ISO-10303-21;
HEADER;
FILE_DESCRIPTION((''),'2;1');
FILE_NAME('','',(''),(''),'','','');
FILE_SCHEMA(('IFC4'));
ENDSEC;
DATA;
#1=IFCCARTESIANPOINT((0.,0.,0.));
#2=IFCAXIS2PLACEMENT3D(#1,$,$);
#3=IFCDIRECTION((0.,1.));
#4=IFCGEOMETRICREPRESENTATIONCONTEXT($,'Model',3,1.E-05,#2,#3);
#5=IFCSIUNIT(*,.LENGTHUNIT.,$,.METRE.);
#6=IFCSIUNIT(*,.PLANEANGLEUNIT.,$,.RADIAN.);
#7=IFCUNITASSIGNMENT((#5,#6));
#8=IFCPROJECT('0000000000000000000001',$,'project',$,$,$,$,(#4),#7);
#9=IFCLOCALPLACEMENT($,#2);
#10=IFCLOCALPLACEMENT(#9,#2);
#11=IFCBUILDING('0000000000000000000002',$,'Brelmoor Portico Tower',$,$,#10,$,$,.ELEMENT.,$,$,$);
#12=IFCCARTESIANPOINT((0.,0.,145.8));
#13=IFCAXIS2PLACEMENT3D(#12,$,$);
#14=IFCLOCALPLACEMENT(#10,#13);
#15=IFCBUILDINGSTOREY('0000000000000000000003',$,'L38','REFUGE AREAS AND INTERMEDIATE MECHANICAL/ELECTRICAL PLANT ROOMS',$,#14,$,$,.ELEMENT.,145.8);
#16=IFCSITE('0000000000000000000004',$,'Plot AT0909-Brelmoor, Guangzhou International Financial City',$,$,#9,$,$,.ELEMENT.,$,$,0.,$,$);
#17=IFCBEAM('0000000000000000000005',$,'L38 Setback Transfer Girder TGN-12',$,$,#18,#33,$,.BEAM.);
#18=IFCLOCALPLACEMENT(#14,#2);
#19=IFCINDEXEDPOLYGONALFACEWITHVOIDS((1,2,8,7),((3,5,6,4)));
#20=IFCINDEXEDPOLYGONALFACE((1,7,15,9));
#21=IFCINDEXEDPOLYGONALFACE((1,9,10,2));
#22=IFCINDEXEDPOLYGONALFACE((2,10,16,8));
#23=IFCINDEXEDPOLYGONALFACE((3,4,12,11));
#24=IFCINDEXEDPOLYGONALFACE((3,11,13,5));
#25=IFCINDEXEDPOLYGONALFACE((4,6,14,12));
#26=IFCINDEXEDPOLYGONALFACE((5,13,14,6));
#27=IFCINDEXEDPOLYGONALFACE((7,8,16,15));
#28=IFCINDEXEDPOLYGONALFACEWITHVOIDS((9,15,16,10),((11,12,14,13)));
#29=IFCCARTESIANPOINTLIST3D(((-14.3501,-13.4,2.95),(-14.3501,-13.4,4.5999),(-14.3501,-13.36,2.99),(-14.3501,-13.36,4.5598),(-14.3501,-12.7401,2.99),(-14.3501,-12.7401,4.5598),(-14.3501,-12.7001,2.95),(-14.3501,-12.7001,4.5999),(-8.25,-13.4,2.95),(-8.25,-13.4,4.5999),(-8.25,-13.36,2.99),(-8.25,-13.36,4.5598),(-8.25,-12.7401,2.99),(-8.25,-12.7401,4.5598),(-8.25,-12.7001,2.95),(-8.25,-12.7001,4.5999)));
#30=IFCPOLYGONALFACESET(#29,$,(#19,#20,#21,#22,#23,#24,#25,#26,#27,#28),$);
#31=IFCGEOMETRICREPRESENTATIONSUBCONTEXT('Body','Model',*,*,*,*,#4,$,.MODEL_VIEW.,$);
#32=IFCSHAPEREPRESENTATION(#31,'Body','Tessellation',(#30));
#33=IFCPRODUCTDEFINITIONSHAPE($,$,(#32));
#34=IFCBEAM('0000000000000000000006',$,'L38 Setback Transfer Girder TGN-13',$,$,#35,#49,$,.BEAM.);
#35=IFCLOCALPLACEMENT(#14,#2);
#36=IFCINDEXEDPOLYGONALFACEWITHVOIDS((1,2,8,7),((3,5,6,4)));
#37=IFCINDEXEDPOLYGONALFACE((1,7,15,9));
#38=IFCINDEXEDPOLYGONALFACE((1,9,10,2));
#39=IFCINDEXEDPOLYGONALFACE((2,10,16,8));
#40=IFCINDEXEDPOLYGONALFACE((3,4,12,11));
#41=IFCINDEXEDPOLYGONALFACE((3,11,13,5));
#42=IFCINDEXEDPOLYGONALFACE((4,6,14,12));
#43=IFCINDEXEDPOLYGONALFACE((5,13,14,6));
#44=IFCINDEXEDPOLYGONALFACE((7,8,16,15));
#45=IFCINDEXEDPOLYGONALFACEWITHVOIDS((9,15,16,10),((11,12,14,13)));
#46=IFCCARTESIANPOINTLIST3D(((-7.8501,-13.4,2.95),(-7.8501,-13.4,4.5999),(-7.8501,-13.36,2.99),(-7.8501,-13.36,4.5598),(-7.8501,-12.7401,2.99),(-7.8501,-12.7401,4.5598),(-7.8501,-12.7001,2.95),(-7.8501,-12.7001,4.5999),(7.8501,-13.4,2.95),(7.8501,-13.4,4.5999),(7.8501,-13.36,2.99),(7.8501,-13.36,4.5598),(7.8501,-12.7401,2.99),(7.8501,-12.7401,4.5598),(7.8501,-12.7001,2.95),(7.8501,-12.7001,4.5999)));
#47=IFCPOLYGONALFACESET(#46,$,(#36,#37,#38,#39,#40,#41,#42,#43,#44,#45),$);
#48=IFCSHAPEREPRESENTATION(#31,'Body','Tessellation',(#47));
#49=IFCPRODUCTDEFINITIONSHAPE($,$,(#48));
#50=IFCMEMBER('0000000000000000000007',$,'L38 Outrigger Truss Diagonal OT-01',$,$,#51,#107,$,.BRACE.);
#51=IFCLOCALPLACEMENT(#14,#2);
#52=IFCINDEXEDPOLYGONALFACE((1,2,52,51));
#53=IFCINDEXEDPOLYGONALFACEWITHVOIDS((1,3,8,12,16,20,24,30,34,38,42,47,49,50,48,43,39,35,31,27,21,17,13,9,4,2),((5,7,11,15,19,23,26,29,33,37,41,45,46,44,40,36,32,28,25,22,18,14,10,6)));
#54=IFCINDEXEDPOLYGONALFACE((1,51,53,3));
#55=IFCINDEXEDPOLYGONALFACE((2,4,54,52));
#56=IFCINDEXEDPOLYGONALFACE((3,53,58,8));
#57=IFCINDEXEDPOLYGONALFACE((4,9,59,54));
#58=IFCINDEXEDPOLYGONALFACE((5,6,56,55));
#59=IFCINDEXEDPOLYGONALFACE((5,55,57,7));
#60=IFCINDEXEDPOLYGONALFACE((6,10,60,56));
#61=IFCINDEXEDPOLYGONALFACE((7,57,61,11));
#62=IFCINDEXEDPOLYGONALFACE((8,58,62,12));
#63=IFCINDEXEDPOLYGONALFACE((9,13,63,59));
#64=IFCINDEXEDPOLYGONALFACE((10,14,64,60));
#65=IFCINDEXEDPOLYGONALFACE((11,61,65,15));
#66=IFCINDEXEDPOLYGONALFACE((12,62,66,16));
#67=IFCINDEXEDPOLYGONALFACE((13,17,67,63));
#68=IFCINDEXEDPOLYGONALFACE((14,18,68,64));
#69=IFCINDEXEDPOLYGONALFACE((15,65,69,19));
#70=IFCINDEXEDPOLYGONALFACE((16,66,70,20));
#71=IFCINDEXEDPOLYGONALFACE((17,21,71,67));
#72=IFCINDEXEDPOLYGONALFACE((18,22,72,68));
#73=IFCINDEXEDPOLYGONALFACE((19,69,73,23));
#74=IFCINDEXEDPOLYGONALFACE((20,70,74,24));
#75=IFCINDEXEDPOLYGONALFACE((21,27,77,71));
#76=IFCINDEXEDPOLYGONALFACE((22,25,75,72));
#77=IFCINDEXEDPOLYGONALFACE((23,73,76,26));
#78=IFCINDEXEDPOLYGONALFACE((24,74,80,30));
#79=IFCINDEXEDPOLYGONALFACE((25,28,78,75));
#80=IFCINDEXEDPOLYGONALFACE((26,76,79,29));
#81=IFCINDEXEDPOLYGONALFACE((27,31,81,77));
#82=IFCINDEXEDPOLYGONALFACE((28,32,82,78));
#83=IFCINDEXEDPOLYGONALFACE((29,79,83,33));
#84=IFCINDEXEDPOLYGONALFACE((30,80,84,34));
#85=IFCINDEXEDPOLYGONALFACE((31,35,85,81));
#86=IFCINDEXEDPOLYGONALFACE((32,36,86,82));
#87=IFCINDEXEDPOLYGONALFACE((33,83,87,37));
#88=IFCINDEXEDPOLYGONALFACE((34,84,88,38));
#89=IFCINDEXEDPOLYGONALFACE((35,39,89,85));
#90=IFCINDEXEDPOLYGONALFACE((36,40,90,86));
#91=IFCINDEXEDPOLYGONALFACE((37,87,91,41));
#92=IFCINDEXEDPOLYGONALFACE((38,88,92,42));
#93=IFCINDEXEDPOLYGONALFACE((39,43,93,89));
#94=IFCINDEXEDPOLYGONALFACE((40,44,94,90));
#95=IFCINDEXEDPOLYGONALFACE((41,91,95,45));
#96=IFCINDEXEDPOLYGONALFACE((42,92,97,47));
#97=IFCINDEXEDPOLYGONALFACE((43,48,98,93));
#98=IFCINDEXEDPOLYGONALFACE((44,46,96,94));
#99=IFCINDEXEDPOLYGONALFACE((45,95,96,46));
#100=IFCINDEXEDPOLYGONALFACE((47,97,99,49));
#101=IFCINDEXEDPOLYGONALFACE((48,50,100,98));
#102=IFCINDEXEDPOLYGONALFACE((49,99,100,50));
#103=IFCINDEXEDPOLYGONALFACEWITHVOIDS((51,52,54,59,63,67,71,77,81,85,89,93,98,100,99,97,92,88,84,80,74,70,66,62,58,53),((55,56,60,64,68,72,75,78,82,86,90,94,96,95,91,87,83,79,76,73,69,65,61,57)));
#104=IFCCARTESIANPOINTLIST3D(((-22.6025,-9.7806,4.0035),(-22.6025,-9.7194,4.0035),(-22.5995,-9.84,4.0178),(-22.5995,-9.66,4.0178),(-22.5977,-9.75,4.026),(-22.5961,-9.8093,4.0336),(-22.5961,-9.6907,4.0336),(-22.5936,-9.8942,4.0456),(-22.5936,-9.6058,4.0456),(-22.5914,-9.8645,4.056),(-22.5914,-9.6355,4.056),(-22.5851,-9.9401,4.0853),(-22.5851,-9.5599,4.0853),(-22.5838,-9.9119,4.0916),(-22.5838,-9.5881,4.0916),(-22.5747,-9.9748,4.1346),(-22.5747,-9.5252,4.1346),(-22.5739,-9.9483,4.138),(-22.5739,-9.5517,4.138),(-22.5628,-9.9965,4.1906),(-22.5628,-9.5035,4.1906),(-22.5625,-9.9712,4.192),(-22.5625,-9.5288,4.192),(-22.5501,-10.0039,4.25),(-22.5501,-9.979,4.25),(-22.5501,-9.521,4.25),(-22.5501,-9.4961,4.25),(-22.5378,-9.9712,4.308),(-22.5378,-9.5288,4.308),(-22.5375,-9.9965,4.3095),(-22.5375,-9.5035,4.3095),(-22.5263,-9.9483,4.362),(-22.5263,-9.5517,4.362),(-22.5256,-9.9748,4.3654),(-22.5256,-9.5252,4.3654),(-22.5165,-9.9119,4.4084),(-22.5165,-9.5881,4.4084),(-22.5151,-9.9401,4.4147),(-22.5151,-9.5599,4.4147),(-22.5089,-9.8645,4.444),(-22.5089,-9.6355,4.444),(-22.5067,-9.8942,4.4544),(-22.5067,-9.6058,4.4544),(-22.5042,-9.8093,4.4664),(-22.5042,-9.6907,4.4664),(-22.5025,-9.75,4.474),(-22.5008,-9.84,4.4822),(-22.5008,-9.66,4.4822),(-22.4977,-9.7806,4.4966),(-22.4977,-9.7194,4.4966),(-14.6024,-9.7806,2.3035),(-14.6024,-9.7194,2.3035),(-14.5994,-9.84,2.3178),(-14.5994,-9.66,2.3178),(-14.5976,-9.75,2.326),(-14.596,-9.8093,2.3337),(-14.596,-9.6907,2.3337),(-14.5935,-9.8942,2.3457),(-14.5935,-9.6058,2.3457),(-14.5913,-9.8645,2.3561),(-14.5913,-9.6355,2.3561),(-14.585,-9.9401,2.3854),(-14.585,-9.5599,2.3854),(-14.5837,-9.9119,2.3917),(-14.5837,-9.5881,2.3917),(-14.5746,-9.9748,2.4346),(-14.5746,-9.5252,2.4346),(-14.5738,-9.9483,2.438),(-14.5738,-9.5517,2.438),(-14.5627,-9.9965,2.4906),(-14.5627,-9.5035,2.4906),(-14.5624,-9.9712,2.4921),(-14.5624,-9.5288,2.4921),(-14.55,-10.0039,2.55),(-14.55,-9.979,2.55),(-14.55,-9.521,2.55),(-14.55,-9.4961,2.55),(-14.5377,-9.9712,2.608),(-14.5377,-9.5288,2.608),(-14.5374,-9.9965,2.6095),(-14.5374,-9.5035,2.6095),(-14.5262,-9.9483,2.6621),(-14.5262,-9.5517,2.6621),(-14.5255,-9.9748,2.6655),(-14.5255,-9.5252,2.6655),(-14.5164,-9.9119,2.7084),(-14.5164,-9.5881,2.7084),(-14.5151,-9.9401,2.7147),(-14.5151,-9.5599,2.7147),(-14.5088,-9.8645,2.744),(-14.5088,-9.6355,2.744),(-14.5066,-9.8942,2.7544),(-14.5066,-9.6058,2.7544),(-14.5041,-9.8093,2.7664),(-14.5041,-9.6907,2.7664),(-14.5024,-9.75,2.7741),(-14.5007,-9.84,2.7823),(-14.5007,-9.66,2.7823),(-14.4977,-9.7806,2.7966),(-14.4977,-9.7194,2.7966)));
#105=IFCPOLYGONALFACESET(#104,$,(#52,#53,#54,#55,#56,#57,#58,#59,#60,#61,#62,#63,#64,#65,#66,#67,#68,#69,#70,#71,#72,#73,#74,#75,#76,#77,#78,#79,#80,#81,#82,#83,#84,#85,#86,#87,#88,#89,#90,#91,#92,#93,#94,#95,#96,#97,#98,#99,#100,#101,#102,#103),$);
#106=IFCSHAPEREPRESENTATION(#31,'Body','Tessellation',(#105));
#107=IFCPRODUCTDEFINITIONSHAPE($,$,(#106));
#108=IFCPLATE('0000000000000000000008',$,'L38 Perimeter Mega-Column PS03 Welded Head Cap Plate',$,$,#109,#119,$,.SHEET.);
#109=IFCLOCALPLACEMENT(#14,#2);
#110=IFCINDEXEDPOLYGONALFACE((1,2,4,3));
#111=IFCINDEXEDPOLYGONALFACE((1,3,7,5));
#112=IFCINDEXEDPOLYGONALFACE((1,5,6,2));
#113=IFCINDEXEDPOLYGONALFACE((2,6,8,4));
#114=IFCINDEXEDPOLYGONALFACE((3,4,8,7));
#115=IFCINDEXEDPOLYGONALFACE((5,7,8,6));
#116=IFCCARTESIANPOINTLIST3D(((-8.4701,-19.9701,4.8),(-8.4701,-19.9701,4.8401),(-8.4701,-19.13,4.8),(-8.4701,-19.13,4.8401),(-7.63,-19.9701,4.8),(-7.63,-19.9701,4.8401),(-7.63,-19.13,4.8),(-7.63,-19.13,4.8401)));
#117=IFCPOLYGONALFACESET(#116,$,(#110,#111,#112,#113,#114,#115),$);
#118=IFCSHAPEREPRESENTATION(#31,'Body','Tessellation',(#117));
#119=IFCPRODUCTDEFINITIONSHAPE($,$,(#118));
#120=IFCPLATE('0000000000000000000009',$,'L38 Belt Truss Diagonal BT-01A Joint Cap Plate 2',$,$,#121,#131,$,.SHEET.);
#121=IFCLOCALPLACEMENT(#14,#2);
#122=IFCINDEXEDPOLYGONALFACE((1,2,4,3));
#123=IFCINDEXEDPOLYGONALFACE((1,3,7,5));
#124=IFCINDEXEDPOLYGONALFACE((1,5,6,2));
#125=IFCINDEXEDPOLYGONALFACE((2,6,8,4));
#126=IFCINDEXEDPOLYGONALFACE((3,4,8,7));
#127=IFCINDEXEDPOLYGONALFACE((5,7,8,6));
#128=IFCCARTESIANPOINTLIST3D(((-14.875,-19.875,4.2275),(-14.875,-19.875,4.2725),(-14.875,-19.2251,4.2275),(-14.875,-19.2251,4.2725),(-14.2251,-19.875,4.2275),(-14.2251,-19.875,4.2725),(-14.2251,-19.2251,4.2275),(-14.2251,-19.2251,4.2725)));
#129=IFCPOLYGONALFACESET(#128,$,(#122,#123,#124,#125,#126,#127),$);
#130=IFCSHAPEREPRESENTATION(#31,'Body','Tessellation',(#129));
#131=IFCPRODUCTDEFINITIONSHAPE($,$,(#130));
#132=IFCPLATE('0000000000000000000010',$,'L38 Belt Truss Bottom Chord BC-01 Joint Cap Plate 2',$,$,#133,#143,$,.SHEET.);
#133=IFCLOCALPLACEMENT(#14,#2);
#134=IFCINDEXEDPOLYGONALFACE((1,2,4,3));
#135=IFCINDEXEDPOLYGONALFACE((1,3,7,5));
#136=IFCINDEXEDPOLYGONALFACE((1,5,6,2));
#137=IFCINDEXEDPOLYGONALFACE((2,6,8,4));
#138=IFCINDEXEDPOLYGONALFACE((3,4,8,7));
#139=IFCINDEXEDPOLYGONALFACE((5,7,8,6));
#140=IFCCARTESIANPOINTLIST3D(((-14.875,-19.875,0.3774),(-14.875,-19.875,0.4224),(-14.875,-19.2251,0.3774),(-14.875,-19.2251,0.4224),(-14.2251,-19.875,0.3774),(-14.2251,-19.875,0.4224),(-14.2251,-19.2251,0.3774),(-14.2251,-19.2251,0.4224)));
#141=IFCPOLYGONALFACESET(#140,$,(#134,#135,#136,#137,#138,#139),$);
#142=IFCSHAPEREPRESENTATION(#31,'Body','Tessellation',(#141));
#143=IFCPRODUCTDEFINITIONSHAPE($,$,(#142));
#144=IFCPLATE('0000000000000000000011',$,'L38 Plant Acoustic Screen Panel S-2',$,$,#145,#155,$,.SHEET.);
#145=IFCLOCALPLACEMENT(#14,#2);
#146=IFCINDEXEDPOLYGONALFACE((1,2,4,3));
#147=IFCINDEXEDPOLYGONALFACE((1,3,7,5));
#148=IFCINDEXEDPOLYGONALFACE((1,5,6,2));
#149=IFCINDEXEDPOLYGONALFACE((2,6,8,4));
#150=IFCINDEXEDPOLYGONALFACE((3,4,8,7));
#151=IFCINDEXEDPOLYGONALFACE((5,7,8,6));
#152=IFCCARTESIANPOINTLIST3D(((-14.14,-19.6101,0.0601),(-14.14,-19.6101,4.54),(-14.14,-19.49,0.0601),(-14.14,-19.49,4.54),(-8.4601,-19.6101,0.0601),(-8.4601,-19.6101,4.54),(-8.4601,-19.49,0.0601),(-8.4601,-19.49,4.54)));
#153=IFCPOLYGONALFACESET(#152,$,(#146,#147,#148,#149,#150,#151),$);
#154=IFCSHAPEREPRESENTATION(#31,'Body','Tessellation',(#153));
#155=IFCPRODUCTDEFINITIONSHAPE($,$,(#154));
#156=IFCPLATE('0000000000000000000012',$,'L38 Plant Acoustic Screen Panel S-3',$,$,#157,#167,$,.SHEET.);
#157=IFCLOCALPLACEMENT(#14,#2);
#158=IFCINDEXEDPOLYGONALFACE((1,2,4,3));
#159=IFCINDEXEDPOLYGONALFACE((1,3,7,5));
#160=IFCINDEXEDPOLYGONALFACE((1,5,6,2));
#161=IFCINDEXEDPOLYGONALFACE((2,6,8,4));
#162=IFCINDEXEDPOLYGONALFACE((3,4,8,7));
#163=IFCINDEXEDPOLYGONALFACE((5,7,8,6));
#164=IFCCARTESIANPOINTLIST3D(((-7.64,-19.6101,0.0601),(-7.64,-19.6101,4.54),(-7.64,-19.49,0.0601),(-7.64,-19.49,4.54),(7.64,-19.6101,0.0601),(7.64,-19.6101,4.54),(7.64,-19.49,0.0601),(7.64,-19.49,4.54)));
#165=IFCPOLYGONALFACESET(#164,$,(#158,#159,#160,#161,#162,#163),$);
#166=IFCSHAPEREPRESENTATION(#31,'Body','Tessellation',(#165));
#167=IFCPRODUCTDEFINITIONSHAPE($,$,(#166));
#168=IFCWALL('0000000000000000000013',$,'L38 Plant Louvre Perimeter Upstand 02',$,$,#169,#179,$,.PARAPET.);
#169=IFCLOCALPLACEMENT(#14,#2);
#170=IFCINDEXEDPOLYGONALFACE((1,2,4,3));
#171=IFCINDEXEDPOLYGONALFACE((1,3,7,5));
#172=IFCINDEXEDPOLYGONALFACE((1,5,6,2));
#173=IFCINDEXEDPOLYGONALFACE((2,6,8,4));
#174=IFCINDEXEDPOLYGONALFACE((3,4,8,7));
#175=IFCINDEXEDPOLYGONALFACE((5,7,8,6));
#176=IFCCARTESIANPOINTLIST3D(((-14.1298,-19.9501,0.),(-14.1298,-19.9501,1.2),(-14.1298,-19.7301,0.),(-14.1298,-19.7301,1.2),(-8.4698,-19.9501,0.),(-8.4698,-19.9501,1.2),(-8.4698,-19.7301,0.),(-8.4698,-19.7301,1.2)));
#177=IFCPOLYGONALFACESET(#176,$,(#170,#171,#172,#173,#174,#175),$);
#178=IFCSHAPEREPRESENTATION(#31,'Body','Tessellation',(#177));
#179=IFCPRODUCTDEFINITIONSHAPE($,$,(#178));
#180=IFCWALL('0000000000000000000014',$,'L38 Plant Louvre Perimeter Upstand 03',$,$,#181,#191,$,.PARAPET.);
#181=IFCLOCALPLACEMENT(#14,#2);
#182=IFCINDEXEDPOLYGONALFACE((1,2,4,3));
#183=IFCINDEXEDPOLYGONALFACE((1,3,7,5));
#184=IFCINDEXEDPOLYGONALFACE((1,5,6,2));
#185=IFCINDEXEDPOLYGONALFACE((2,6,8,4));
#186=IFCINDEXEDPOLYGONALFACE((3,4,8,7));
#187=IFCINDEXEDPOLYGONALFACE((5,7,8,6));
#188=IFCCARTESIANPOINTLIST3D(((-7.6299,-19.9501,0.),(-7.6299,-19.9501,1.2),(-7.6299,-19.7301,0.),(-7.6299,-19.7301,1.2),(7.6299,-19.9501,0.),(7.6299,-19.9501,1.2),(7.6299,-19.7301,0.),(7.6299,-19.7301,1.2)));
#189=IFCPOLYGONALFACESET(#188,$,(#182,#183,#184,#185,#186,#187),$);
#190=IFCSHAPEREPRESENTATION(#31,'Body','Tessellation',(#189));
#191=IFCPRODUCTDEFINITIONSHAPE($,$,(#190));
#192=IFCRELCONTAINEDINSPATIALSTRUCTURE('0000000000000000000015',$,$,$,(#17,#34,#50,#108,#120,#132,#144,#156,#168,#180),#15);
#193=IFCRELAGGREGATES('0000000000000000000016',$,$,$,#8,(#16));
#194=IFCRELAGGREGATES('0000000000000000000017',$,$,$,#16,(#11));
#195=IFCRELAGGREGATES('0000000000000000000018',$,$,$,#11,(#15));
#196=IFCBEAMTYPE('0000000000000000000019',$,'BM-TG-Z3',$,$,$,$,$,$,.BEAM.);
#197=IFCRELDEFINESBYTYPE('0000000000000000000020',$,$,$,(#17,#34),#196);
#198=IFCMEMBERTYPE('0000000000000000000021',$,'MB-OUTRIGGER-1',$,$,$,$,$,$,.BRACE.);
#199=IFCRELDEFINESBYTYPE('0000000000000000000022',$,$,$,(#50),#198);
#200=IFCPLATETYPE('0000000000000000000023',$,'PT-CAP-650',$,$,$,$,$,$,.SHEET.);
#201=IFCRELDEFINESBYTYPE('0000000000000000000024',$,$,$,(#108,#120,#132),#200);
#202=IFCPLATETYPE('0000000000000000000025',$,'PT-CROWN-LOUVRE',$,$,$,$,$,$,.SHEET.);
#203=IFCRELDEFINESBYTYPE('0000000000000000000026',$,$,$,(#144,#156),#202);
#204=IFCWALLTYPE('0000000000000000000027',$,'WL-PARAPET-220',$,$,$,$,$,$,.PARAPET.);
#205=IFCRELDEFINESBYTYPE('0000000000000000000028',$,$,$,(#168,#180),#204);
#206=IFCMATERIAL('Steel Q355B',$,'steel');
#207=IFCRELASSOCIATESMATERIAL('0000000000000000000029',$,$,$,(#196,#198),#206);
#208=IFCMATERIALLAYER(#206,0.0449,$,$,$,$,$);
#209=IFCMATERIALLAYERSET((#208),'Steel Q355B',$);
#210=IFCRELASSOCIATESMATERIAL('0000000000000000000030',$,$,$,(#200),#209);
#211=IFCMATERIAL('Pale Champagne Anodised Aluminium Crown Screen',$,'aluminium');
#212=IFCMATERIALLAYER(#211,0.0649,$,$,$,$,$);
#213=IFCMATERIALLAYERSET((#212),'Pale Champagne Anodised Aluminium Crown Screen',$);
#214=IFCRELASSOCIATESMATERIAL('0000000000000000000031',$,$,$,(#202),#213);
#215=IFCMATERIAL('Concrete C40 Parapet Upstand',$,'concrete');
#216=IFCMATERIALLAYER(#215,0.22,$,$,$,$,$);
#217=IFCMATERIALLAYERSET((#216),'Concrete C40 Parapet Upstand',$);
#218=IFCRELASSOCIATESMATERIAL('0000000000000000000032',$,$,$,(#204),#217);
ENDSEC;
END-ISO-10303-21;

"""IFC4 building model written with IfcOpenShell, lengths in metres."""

from ifc_helpers import new_model, si_unit, direction, frame, frame_2d, origin, origin_2d, place, context, subcontext, project, spatial, rectangle, hollow_rectangle, hollow_circle, extrude, material, layer, layer_set, material_profile, profile_set, type_object, element, save


model = new_model("IFC4")

# Units and contexts
model_context = context("Model", 3, precision=1e-05, world=origin(), true_north=direction((0.0, 1.0)))
body_context = subcontext(model_context, "Body", "Model", "MODEL_VIEW")
ifc_project = project(units=[si_unit("LENGTHUNIT", "METRE"), si_unit("PLANEANGLEUNIT", "RADIAN")], contexts=[model_context])

# Site, building, storey
site_placement = place(None, origin())
site = spatial("IfcSite", under=ifc_project, at=site_placement, Name="Plot AT0909-Brelmoor, Guangzhou International Financial City", CompositionType="ELEMENT", RefElevation=0.0)
building_placement = place(site_placement, origin())
building = spatial("IfcBuilding", under=site, at=building_placement, Name="Brelmoor Portico Tower", CompositionType="ELEMENT")
storey_placement = place(building_placement, frame((0.0, 0.0, 145.8)))
storey = spatial("IfcBuildingStorey", under=building, at=storey_placement, Name="L38", Description="REFUGE AREAS AND INTERMEDIATE MECHANICAL/ELECTRICAL PLANT ROOMS", CompositionType="ELEMENT", Elevation=145.8)

# Shared definitions
ifc_material_1 = material(Name="Steel Q355B", Category="steel")

# Beams
ifc_material_profile_1 = material_profile(ifc_material_1, hollow_rectangle(XDim=0.7, YDim=1.6499, WallThickness=0.04, at=origin_2d()), Name="BOX 700x1650x40")
ifc_profile_set_1 = profile_set([ifc_material_profile_1], Name="Steel Q355B")
beam_type_1 = type_object("IfcBeamType", Name="BM-TG-Z3", PredefinedType="BEAM", material=ifc_profile_set_1)
beam_1_placement = place(storey_placement, frame((-14.3501, -13.05, 3.7749), z_axis=(1.0, 0.0, 0.0), x_axis=(0.0, 1.0, 0.0)))
element("IfcBeam", 1, at=beam_1_placement, inside=storey, type_object=beam_type_1, Name="L38 Setback Transfer Girder TGN-12", PredefinedType="BEAM", context=body_context, shape_type="SweptSolid", body=[
    extrude(hollow_rectangle(XDim=0.7, YDim=1.6499, WallThickness=0.04, at=origin_2d()), origin(), (0.0, 0.0, 1.0), 6.1001),
])
beam_2_placement = place(storey_placement, frame((-7.8501, -13.05, 3.7749), z_axis=(1.0, 0.0, 0.0), x_axis=(0.0, 1.0, 0.0)))
element("IfcBeam", 2, at=beam_2_placement, inside=storey, type_object=beam_type_1, Name="L38 Setback Transfer Girder TGN-13", PredefinedType="BEAM", context=body_context, shape_type="SweptSolid", body=[
    extrude(hollow_rectangle(XDim=0.7, YDim=1.6499, WallThickness=0.04, at=origin_2d()), origin(), (0.0, 0.0, 1.0), 15.7002),
])

# Member
ifc_material_profile_2 = material_profile(ifc_material_1, hollow_circle(Radius=0.2539, WallThickness=0.0249, at=origin_2d()), Name="CHS 508x25")
ifc_profile_set_2 = profile_set([ifc_material_profile_2], Name="Steel Q355B")
member_type = type_object("IfcMemberType", Name="MB-OUTRIGGER-1", PredefinedType="BRACE", material=ifc_profile_set_2)
member_placement = place(storey_placement, frame((-14.55, -9.75, 2.55), z_axis=(-0.97816, 0.0, 0.207853), x_axis=(0.0, -1.0, 0.0)))
element("IfcMember", 3, at=member_placement, inside=storey, type_object=member_type, Name="L38 Outrigger Truss Diagonal OT-01", PredefinedType="BRACE", context=body_context, shape_type="SweptSolid", body=[
    extrude(hollow_circle(Radius=0.2539, WallThickness=0.0249, at=origin_2d()), origin(), (0.0, 0.0, 1.0), 8.1787),
])

# Plates
ifc_layer_1 = layer(ifc_material_1, 0.0449)
ifc_layer_set_1 = layer_set([ifc_layer_1], Name="Steel Q355B")
plate_type_1 = type_object("IfcPlateType", Name="PT-CAP-650", PredefinedType="SHEET", material=ifc_layer_set_1)
plate_1_placement = place(storey_placement, frame((-8.05, -19.55, 4.8), z_axis=(0.0, 0.0, 1.0), x_axis=(1.0, 0.0, 0.0)))
element("IfcPlate", 4, at=plate_1_placement, inside=storey, type_object=plate_type_1, Name="L38 Perimeter Mega-Column PS03 Welded Head Cap Plate", PredefinedType="SHEET", context=body_context, shape_type="SweptSolid", body=[
    extrude(rectangle(XDim=0.8401, YDim=0.8401, at=origin_2d()), origin(), (0.0, 0.0, 1.0), 0.04),
])
for number, where, z_axis, x_axis, name in (
    (5, (-14.55, -19.55, 4.2275), (0.0, 0.0, 1.0), (1.0, 0.0, 0.0), "L38 Belt Truss Diagonal BT-01A Joint Cap Plate 2"),
    (6, (-14.55, -19.55, 0.3774), (0.0, 0.0, 1.0), (1.0, 0.0, 0.0), "L38 Belt Truss Bottom Chord BC-01 Joint Cap Plate 2"),
):
    element("IfcPlate", number, at=place(storey_placement, frame(where, z_axis=z_axis, x_axis=x_axis)), inside=storey, type_object=plate_type_1, Name=name, PredefinedType="SHEET", context=body_context, shape_type="SweptSolid", body=[
        extrude(rectangle(XDim=0.6499, YDim=0.6499, at=origin_2d()), origin(), (0.0, 0.0, 1.0), 0.0449),
    ])
ifc_material_2 = material(Name="Pale Champagne Anodised Aluminium Crown Screen", Category="aluminium")
ifc_layer_2 = layer(ifc_material_2, 0.0649)
ifc_layer_set_2 = layer_set([ifc_layer_2], Name="Pale Champagne Anodised Aluminium Crown Screen")
plate_type_2 = type_object("IfcPlateType", Name="PT-CROWN-LOUVRE", PredefinedType="SHEET", material=ifc_layer_set_2)
plate_2_placement = place(storey_placement, frame((-11.3, -19.55, 0.0601), z_axis=(0.0, 0.0, 1.0), x_axis=(1.0, 0.0, 0.0)))
element("IfcPlate", 7, at=plate_2_placement, inside=storey, type_object=plate_type_2, Name="L38 Plant Acoustic Screen Panel S-2", PredefinedType="SHEET", context=body_context, shape_type="SweptSolid", body=[
    extrude(rectangle(XDim=5.6799, YDim=0.1201, at=origin_2d()), origin(), (0.0, 0.0, 1.0), 4.48),
])
plate_3_placement = place(storey_placement, frame((0.0, -19.55, 0.0601), z_axis=(0.0, 0.0, 1.0), x_axis=(1.0, 0.0, 0.0)))
element("IfcPlate", 8, at=plate_3_placement, inside=storey, type_object=plate_type_2, Name="L38 Plant Acoustic Screen Panel S-3", PredefinedType="SHEET", context=body_context, shape_type="SweptSolid", body=[
    extrude(rectangle(XDim=15.28, YDim=0.1201, at=origin_2d()), origin(), (0.0, 0.0, 1.0), 4.48),
])

# Walls
ifc_material_3 = material(Name="Concrete C40 Parapet Upstand", Category="concrete")
ifc_layer_3 = layer(ifc_material_3, 0.22)
ifc_layer_set_3 = layer_set([ifc_layer_3], Name="Concrete C40 Parapet Upstand")
wall_type_1 = type_object("IfcWallType", Name="WL-PARAPET-220", PredefinedType="PARAPET", material=ifc_layer_set_3)
wall_1_placement = place(storey_placement, frame((-14.1299, -19.8401, 0.0), z_axis=(0.0, 0.0, 1.0), x_axis=(1.0, 0.0, 0.0)))
element("IfcWall", 9, at=wall_1_placement, inside=storey, type_object=wall_type_1, Name="L38 Plant Louvre Perimeter Upstand 02", PredefinedType="PARAPET", context=body_context, shape_type="SweptSolid", body=[
    extrude(rectangle(XDim=5.6599, YDim=0.22, at=frame_2d((2.8301, 0.0))), origin(), (0.0, 0.0, 1.0), 1.2),
])
wall_2_placement = place(storey_placement, frame((-7.6299, -19.8401, 0.0), z_axis=(0.0, 0.0, 1.0), x_axis=(1.0, 0.0, 0.0)))
element("IfcWall", 10, at=wall_2_placement, inside=storey, type_object=wall_type_1, Name="L38 Plant Louvre Perimeter Upstand 03", PredefinedType="PARAPET", context=body_context, shape_type="SweptSolid", body=[
    extrude(rectangle(XDim=15.2598, YDim=0.22, at=frame_2d((7.6299, 0.0))), origin(), (0.0, 0.0, 1.0), 1.2),
])

save(model, "model.ifc")
